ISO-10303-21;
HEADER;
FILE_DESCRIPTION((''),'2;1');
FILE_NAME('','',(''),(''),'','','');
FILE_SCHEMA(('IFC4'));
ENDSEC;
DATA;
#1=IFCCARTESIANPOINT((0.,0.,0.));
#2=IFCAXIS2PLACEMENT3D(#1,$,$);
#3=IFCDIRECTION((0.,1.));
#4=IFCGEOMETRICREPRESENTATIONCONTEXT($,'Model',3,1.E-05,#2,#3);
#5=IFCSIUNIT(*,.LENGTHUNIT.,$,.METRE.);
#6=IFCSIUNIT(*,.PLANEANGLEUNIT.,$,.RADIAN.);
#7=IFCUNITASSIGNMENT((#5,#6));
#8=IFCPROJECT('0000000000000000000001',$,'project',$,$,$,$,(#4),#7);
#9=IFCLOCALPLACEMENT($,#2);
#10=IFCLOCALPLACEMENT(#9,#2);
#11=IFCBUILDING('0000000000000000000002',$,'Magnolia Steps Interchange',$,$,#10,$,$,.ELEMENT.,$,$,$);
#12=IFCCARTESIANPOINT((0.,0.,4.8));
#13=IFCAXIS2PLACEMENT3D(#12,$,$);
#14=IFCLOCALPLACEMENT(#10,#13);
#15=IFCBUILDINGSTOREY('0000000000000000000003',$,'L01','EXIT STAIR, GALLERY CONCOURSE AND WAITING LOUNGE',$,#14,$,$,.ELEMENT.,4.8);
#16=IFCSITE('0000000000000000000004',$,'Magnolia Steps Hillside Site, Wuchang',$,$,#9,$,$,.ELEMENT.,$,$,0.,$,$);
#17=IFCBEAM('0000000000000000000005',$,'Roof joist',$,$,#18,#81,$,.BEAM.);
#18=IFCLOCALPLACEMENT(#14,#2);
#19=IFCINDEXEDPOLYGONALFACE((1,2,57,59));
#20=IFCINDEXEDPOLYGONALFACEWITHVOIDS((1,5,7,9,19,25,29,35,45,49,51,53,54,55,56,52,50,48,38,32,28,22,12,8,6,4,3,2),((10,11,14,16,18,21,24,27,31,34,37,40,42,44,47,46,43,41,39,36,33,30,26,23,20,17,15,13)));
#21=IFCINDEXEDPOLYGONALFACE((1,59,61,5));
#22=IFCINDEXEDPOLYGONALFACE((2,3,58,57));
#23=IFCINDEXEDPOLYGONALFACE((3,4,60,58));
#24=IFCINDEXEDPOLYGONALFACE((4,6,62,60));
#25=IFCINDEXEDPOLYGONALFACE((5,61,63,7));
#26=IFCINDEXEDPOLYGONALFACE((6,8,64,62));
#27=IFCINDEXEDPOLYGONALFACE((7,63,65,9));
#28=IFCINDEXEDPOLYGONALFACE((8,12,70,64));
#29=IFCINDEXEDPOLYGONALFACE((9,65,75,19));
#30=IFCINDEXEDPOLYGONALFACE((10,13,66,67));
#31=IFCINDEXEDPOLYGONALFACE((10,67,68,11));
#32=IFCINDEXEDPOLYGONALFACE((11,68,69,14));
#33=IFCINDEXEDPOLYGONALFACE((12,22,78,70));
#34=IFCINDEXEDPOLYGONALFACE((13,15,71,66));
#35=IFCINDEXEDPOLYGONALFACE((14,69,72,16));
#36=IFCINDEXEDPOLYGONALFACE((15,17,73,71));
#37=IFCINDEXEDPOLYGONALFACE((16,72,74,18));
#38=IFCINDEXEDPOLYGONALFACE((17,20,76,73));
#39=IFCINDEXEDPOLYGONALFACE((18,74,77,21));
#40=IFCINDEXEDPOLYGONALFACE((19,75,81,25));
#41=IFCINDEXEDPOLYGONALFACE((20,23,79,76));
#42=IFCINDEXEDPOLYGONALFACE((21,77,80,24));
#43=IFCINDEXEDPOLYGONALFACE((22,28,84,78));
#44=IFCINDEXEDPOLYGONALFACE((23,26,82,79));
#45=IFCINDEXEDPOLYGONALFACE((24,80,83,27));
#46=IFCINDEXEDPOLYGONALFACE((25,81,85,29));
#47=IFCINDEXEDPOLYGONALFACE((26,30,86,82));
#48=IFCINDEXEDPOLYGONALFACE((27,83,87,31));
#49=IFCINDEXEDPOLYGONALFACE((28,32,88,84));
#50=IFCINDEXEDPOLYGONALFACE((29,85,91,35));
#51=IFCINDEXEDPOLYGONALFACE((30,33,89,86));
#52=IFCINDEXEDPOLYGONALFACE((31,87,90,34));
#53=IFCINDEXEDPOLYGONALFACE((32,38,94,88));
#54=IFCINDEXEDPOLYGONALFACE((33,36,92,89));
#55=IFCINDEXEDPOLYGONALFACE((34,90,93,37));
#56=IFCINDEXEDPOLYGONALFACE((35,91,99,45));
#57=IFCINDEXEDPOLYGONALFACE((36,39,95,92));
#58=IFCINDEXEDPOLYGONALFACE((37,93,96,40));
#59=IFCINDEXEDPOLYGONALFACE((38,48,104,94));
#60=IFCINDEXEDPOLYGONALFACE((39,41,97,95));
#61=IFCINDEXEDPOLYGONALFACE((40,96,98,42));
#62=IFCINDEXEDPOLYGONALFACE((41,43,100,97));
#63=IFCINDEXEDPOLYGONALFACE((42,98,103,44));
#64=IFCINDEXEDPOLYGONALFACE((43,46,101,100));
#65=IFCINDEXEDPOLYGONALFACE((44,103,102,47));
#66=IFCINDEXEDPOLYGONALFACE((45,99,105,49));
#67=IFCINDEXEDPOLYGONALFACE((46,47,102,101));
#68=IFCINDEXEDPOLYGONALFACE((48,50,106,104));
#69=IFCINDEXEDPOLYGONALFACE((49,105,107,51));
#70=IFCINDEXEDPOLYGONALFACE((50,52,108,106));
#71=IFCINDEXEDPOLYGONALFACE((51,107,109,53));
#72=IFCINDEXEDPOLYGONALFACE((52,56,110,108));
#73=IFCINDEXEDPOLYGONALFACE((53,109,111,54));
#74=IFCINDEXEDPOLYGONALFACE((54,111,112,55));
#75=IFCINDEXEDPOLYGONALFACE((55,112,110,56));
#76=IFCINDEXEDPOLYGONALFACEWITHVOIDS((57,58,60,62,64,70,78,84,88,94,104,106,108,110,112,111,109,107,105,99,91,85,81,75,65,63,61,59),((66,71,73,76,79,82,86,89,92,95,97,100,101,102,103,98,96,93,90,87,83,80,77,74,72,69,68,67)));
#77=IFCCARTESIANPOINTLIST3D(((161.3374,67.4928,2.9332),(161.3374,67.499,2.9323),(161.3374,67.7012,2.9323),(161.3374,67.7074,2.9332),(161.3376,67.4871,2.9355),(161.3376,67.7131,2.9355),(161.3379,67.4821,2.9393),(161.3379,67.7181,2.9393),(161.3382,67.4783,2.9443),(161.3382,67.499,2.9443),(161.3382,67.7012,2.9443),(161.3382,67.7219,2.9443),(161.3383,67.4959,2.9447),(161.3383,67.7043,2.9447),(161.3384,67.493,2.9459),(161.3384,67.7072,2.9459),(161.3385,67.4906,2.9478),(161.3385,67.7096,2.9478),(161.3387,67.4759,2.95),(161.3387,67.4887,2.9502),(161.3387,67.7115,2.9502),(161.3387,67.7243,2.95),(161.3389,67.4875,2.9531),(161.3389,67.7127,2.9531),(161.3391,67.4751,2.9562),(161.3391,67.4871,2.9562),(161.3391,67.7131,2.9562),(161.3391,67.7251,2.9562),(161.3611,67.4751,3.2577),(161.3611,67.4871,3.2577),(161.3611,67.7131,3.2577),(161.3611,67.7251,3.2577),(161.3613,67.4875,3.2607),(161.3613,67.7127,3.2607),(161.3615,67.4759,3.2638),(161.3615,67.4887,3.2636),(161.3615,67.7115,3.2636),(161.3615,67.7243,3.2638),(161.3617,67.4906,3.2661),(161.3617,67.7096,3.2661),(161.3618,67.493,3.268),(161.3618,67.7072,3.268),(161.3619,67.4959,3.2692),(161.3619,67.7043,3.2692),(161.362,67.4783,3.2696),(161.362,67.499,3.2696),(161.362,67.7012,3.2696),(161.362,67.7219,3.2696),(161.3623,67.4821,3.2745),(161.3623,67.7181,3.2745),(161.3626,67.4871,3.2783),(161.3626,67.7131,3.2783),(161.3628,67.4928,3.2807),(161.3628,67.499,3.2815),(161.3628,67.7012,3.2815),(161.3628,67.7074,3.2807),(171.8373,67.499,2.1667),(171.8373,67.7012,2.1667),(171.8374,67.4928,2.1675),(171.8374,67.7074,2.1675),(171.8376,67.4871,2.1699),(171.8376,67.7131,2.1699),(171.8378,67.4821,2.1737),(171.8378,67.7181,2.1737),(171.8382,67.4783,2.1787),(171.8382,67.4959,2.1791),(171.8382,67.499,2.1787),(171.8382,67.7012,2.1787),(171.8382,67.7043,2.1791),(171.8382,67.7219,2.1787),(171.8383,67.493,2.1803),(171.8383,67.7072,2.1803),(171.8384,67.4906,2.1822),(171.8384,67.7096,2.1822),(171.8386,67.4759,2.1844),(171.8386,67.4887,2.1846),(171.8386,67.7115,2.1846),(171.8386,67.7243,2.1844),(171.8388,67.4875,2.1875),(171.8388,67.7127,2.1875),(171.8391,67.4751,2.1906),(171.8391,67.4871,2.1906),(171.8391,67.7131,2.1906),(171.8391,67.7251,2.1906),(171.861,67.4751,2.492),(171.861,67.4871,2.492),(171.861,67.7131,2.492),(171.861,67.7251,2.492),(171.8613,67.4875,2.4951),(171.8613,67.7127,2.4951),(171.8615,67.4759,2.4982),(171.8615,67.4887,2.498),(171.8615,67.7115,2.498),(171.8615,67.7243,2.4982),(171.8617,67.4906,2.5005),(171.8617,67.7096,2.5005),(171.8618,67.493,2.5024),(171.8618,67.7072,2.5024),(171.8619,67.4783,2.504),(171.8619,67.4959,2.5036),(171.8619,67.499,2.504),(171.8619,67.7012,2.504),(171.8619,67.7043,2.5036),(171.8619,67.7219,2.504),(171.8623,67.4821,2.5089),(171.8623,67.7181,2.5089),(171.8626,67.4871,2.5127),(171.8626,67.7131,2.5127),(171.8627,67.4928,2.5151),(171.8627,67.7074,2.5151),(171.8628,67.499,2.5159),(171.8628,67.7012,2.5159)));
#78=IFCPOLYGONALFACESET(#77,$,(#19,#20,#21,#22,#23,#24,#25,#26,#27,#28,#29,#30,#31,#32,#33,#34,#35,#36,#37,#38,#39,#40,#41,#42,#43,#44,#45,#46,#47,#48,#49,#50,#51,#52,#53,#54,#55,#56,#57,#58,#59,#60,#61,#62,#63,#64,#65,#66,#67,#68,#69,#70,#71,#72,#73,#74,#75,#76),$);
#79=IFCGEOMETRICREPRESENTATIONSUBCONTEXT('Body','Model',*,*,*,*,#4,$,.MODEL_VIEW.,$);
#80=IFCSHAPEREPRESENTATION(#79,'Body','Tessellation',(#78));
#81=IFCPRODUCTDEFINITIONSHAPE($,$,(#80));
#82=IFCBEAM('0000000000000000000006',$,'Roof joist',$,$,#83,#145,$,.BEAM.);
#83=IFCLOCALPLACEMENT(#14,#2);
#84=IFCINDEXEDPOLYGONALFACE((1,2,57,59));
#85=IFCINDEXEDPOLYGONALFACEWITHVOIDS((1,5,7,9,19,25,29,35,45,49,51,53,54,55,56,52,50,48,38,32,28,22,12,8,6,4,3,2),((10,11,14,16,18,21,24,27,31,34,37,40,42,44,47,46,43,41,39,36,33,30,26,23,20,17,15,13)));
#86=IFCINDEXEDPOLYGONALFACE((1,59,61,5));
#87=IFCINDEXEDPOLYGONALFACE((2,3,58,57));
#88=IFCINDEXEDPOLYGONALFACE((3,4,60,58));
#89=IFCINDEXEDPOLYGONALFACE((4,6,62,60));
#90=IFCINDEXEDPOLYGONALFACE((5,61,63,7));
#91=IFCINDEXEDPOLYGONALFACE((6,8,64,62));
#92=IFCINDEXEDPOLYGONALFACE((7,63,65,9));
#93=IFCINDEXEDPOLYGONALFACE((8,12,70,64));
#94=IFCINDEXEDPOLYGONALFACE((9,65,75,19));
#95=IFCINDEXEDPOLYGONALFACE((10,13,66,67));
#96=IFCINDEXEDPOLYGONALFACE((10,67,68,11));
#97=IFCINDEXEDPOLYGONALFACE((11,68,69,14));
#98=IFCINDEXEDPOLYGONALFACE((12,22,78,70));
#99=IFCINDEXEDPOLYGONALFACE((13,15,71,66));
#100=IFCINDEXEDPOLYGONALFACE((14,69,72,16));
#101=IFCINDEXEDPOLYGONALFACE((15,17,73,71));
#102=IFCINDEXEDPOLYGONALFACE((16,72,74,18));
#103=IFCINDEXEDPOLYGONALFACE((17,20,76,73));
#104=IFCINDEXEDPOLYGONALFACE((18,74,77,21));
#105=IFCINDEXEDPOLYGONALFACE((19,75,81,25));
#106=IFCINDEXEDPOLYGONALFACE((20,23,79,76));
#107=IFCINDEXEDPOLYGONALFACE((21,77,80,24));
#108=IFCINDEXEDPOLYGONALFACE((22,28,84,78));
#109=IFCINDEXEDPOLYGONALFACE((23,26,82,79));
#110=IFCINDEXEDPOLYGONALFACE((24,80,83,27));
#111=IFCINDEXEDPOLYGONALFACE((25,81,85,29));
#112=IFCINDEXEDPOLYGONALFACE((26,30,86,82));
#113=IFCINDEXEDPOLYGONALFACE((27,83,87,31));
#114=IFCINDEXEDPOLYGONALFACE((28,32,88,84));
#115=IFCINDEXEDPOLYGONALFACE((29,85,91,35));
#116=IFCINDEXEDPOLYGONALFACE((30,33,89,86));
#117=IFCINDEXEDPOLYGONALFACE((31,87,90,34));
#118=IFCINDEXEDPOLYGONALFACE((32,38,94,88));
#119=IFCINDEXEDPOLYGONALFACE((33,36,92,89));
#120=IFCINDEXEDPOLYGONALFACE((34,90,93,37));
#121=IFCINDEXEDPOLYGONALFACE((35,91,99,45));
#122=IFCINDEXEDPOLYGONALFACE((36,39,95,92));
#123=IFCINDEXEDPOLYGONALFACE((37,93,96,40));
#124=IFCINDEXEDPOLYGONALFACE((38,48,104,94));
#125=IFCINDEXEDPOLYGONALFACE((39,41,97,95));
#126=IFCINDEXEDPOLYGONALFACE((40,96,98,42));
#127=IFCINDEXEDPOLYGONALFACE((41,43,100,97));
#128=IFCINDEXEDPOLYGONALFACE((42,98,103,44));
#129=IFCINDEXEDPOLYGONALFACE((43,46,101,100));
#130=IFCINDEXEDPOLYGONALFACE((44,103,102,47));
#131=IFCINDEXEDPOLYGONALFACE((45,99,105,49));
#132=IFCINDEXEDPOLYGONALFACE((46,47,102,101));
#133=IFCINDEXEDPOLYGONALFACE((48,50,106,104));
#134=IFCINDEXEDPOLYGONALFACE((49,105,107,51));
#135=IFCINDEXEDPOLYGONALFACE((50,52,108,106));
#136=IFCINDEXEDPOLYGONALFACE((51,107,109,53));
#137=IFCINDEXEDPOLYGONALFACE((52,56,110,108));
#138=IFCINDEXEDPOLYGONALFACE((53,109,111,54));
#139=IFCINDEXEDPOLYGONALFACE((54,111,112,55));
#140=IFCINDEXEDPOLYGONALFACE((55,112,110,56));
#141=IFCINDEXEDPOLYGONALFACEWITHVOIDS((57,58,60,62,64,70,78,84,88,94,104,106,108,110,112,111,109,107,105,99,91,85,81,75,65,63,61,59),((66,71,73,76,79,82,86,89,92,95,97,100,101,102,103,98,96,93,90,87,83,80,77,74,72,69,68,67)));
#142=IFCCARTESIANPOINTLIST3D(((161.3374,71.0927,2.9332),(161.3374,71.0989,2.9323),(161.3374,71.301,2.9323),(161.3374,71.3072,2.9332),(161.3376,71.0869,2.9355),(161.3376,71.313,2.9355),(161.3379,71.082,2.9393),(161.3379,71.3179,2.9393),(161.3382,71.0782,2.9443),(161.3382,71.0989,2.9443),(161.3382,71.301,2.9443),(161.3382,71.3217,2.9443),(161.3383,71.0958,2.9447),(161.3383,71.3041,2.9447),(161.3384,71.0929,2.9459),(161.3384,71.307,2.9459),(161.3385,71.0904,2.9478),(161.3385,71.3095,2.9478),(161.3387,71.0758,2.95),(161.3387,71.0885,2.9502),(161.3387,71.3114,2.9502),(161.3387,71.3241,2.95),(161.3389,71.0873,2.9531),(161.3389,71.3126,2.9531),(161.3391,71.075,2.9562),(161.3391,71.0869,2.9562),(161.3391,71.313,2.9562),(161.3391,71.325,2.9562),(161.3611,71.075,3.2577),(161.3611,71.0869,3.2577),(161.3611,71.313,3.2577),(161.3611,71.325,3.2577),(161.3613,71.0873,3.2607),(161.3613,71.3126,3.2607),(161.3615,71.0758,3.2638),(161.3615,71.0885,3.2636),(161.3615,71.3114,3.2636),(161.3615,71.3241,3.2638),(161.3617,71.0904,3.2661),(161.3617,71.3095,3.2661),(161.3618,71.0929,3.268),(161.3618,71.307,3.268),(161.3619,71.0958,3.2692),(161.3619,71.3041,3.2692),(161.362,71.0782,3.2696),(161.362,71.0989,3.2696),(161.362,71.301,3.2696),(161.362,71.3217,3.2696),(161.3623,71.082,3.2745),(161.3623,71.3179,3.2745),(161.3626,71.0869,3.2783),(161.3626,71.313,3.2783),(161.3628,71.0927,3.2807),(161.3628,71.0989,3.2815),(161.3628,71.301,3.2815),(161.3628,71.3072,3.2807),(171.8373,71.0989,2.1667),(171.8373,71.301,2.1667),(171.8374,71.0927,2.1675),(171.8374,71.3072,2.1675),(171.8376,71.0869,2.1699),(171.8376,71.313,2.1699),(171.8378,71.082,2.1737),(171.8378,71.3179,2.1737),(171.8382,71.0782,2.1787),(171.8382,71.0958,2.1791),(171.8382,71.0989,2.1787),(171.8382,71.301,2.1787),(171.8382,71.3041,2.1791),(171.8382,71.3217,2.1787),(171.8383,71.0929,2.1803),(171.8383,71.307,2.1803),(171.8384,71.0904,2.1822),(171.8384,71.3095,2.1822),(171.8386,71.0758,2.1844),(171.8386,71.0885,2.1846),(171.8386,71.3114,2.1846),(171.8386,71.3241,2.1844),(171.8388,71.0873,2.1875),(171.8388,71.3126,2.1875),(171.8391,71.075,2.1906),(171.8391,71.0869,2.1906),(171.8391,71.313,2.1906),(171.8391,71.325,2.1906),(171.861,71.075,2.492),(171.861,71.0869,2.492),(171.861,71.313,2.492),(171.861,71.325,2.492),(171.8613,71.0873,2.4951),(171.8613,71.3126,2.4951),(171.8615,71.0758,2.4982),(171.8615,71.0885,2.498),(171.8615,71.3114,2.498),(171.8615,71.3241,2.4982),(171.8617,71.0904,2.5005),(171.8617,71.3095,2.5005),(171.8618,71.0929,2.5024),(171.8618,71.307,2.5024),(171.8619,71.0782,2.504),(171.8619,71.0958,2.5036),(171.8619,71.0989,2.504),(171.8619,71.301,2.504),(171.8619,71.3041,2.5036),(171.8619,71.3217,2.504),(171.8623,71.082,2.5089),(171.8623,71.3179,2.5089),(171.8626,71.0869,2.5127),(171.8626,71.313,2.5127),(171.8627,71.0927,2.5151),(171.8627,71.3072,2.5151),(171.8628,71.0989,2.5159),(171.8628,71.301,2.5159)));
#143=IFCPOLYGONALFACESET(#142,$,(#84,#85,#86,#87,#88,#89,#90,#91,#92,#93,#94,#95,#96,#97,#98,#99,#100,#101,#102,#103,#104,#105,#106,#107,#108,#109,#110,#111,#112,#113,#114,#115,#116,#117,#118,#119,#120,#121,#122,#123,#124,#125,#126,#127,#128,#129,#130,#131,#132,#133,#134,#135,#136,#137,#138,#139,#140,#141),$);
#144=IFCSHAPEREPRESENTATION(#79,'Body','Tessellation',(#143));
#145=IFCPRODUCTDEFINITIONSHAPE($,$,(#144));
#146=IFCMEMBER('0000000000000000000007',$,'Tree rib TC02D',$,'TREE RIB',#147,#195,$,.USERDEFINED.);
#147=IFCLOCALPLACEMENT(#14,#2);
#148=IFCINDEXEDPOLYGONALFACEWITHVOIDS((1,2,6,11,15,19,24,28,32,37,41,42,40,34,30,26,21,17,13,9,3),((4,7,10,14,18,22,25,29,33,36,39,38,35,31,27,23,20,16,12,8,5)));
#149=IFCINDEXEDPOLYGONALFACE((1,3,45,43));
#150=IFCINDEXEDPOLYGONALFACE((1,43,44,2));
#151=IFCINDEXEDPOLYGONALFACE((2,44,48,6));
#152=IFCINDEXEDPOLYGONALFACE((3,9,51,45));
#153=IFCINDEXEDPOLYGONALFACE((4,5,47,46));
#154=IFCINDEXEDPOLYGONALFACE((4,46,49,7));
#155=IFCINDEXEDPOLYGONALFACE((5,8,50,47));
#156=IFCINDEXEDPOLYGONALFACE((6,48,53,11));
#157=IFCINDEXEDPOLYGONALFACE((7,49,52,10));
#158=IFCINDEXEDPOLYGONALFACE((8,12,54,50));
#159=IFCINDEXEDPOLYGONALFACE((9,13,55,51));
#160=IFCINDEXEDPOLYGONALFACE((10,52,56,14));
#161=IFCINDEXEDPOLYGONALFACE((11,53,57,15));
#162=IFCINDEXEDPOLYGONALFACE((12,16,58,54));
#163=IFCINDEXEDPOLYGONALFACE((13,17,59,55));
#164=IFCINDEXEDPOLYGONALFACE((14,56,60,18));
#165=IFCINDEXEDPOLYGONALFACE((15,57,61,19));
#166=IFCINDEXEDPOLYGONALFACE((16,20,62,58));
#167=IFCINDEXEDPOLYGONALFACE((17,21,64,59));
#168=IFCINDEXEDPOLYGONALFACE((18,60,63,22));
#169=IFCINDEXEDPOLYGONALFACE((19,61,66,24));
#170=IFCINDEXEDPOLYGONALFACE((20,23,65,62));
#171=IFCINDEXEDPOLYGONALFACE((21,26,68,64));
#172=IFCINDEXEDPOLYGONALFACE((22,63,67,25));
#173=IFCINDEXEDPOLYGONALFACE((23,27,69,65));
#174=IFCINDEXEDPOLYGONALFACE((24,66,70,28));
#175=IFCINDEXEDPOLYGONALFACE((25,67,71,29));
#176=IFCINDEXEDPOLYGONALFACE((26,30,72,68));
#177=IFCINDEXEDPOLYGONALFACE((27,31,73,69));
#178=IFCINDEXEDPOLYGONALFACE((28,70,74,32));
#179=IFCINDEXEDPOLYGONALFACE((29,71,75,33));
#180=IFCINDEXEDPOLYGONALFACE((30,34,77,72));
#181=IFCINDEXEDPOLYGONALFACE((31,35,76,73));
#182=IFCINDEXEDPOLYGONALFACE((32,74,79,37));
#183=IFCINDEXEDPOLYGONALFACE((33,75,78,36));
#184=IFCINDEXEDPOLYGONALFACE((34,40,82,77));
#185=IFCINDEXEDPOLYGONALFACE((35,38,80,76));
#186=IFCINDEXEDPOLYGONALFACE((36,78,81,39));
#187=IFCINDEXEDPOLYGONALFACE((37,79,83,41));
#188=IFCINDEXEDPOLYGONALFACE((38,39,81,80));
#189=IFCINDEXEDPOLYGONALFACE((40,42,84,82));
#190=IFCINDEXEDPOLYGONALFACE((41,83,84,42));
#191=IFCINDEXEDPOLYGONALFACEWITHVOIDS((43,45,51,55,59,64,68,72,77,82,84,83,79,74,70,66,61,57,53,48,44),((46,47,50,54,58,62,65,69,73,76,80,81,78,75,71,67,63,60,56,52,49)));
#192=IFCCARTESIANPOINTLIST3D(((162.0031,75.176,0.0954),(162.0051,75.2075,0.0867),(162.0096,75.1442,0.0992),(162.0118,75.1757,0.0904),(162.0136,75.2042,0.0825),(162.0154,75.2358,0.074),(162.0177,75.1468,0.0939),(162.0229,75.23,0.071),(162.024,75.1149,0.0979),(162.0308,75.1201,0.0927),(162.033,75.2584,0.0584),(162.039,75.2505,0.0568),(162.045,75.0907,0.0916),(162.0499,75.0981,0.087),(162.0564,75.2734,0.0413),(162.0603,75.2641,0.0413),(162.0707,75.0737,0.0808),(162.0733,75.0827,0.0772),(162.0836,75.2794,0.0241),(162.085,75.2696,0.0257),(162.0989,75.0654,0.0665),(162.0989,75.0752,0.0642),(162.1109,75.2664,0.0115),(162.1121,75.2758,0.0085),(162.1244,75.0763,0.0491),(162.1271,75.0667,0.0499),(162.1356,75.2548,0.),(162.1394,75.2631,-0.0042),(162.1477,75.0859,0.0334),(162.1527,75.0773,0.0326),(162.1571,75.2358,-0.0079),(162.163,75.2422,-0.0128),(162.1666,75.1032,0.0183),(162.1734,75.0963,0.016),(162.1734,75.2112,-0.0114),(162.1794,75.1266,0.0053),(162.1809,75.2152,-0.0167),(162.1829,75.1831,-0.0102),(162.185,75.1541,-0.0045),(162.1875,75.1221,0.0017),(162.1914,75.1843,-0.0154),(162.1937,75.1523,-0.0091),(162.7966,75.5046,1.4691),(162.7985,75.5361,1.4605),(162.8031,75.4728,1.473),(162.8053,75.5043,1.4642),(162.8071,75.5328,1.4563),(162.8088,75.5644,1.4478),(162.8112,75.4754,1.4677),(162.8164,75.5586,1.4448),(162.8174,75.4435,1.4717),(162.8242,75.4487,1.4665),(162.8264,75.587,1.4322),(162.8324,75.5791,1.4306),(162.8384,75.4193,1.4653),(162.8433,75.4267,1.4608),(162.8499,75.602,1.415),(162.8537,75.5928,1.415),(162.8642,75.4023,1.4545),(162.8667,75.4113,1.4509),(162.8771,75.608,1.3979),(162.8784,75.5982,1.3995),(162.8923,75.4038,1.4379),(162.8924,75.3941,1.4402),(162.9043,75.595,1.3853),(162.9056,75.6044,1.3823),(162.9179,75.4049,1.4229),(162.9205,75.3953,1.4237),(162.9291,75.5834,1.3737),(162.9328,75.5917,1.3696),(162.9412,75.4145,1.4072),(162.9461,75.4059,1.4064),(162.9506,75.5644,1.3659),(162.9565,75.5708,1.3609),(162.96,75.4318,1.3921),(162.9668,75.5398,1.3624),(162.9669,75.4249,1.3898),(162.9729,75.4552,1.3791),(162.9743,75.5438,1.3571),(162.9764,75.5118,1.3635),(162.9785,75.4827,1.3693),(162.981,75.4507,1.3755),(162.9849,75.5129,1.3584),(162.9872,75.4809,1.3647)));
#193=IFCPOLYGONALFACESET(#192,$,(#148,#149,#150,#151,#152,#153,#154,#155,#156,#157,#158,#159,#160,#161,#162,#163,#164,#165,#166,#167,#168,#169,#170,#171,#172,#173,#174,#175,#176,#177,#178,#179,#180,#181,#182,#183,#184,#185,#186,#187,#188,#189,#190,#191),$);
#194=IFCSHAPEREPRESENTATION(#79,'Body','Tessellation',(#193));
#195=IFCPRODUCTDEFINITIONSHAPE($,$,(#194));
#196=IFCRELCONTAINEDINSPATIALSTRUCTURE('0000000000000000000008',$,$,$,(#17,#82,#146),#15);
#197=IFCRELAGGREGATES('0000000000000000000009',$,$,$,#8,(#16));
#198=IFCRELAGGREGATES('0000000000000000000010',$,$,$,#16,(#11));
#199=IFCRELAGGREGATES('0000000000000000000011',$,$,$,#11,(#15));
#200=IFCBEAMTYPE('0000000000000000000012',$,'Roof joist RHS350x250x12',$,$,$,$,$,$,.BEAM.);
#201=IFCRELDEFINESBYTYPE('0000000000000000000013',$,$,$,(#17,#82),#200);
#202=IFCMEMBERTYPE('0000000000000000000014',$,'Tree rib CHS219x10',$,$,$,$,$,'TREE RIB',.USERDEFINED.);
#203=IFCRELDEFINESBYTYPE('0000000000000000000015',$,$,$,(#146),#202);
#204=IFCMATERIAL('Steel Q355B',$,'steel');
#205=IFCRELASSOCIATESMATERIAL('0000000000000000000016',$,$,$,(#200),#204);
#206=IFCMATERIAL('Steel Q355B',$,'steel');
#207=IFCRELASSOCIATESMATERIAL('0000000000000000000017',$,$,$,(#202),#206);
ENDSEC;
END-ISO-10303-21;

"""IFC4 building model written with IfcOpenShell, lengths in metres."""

from ifc_helpers import new_model, si_unit, direction, frame, origin, origin_2d, place, context, subcontext, project, spatial, hollow_rectangle, hollow_circle, extrude, material, material_profile, profile_set, type_object, element, save


model = new_model("IFC4")

# Units and contexts
model_context = context("Model", 3, precision=1e-05, world=origin(), true_north=direction((0.0, 1.0)))
body_context = subcontext(model_context, "Body", "Model", "MODEL_VIEW")
ifc_project = project(units=[si_unit("LENGTHUNIT", "METRE"), si_unit("PLANEANGLEUNIT", "RADIAN")], contexts=[model_context])

# Site, building, storey
site_placement = place(None, origin())
site = spatial("IfcSite", under=ifc_project, at=site_placement, Name="Magnolia Steps Hillside Site, Wuchang", CompositionType="ELEMENT", RefElevation=0.0)
building_placement = place(site_placement, origin())
building = spatial("IfcBuilding", under=site, at=building_placement, Name="Magnolia Steps Interchange", CompositionType="ELEMENT")
storey_placement = place(building_placement, frame((0.0, 0.0, 4.8)))
storey = spatial("IfcBuildingStorey", under=building, at=storey_placement, Name="L01", Description="EXIT STAIR, GALLERY CONCOURSE AND WAITING LOUNGE", CompositionType="ELEMENT", Elevation=4.8)

# Beams
ifc_material_1 = material(Name="Steel Q355B", Category="steel")
ifc_material_profile_1 = material_profile(ifc_material_1, hollow_rectangle(XDim=0.25, YDim=0.3501, WallThickness=0.012, InnerFilletRadius=0.012, OuterFilletRadius=0.0239, at=origin_2d()), Name="RHS350x250x12")
ifc_profile_set_1 = profile_set([ifc_material_profile_1], Name="Steel Q355B")
beam_type_1 = type_object("IfcBeamType", Name="Roof joist RHS350x250x12", PredefinedType="BEAM", material=ifc_profile_set_1)
for number, where, z_axis, x_axis, name in (
    (1, (161.3501, 67.6001, 3.1069), (0.997352, 0.0, -0.072724), (0.0, 1.0, 0.0), "Roof joist"),
    (2, (161.3501, 71.2, 3.1069), (0.997352, 0.0, -0.072724), (0.0, 1.0, 0.0), "Roof joist"),
):
    element("IfcBeam", number, at=place(storey_placement, frame(where, z_axis=z_axis, x_axis=x_axis)), inside=storey, type_object=beam_type_1, Name=name, PredefinedType="BEAM", context=body_context, shape_type="SweptSolid", body=[
        extrude(hollow_rectangle(XDim=0.25, YDim=0.3501, WallThickness=0.012, InnerFilletRadius=0.012, OuterFilletRadius=0.0239, at=origin_2d()), origin(), (0.0, 0.0, 1.0), 10.5278),
    ])

# Member
ifc_material_2 = material(Name="Steel Q355B", Category="steel")
ifc_material_profile_2 = material_profile(ifc_material_2, hollow_circle(Radius=0.1096, WallThickness=0.01, at=origin_2d()), Name="CHS219x10")
ifc_profile_set_2 = profile_set([ifc_material_profile_2], Name="Steel Q355B")
member_type = type_object("IfcMemberType", Name="Tree rib CHS219x10", ElementType="TREE RIB", PredefinedType="USERDEFINED", material=ifc_profile_set_2)
member_1_placement = place(storey_placement, frame((162.0984, 75.1721, 0.0413), z_axis=(0.489748, 0.202831, 0.847942), x_axis=(-0.382636, 0.923899, 0.0)))
element("IfcMember", 3, at=member_1_placement, inside=storey, type_object=member_type, Name="Tree rib TC02D", ObjectType="TREE RIB", PredefinedType="USERDEFINED", context=body_context, shape_type="SweptSolid", body=[
    extrude(hollow_circle(Radius=0.1096, WallThickness=0.01, at=origin_2d()), origin(), (0.0, 0.0, 1.0), 1.6201),
])

save(model, "model.ifc")
